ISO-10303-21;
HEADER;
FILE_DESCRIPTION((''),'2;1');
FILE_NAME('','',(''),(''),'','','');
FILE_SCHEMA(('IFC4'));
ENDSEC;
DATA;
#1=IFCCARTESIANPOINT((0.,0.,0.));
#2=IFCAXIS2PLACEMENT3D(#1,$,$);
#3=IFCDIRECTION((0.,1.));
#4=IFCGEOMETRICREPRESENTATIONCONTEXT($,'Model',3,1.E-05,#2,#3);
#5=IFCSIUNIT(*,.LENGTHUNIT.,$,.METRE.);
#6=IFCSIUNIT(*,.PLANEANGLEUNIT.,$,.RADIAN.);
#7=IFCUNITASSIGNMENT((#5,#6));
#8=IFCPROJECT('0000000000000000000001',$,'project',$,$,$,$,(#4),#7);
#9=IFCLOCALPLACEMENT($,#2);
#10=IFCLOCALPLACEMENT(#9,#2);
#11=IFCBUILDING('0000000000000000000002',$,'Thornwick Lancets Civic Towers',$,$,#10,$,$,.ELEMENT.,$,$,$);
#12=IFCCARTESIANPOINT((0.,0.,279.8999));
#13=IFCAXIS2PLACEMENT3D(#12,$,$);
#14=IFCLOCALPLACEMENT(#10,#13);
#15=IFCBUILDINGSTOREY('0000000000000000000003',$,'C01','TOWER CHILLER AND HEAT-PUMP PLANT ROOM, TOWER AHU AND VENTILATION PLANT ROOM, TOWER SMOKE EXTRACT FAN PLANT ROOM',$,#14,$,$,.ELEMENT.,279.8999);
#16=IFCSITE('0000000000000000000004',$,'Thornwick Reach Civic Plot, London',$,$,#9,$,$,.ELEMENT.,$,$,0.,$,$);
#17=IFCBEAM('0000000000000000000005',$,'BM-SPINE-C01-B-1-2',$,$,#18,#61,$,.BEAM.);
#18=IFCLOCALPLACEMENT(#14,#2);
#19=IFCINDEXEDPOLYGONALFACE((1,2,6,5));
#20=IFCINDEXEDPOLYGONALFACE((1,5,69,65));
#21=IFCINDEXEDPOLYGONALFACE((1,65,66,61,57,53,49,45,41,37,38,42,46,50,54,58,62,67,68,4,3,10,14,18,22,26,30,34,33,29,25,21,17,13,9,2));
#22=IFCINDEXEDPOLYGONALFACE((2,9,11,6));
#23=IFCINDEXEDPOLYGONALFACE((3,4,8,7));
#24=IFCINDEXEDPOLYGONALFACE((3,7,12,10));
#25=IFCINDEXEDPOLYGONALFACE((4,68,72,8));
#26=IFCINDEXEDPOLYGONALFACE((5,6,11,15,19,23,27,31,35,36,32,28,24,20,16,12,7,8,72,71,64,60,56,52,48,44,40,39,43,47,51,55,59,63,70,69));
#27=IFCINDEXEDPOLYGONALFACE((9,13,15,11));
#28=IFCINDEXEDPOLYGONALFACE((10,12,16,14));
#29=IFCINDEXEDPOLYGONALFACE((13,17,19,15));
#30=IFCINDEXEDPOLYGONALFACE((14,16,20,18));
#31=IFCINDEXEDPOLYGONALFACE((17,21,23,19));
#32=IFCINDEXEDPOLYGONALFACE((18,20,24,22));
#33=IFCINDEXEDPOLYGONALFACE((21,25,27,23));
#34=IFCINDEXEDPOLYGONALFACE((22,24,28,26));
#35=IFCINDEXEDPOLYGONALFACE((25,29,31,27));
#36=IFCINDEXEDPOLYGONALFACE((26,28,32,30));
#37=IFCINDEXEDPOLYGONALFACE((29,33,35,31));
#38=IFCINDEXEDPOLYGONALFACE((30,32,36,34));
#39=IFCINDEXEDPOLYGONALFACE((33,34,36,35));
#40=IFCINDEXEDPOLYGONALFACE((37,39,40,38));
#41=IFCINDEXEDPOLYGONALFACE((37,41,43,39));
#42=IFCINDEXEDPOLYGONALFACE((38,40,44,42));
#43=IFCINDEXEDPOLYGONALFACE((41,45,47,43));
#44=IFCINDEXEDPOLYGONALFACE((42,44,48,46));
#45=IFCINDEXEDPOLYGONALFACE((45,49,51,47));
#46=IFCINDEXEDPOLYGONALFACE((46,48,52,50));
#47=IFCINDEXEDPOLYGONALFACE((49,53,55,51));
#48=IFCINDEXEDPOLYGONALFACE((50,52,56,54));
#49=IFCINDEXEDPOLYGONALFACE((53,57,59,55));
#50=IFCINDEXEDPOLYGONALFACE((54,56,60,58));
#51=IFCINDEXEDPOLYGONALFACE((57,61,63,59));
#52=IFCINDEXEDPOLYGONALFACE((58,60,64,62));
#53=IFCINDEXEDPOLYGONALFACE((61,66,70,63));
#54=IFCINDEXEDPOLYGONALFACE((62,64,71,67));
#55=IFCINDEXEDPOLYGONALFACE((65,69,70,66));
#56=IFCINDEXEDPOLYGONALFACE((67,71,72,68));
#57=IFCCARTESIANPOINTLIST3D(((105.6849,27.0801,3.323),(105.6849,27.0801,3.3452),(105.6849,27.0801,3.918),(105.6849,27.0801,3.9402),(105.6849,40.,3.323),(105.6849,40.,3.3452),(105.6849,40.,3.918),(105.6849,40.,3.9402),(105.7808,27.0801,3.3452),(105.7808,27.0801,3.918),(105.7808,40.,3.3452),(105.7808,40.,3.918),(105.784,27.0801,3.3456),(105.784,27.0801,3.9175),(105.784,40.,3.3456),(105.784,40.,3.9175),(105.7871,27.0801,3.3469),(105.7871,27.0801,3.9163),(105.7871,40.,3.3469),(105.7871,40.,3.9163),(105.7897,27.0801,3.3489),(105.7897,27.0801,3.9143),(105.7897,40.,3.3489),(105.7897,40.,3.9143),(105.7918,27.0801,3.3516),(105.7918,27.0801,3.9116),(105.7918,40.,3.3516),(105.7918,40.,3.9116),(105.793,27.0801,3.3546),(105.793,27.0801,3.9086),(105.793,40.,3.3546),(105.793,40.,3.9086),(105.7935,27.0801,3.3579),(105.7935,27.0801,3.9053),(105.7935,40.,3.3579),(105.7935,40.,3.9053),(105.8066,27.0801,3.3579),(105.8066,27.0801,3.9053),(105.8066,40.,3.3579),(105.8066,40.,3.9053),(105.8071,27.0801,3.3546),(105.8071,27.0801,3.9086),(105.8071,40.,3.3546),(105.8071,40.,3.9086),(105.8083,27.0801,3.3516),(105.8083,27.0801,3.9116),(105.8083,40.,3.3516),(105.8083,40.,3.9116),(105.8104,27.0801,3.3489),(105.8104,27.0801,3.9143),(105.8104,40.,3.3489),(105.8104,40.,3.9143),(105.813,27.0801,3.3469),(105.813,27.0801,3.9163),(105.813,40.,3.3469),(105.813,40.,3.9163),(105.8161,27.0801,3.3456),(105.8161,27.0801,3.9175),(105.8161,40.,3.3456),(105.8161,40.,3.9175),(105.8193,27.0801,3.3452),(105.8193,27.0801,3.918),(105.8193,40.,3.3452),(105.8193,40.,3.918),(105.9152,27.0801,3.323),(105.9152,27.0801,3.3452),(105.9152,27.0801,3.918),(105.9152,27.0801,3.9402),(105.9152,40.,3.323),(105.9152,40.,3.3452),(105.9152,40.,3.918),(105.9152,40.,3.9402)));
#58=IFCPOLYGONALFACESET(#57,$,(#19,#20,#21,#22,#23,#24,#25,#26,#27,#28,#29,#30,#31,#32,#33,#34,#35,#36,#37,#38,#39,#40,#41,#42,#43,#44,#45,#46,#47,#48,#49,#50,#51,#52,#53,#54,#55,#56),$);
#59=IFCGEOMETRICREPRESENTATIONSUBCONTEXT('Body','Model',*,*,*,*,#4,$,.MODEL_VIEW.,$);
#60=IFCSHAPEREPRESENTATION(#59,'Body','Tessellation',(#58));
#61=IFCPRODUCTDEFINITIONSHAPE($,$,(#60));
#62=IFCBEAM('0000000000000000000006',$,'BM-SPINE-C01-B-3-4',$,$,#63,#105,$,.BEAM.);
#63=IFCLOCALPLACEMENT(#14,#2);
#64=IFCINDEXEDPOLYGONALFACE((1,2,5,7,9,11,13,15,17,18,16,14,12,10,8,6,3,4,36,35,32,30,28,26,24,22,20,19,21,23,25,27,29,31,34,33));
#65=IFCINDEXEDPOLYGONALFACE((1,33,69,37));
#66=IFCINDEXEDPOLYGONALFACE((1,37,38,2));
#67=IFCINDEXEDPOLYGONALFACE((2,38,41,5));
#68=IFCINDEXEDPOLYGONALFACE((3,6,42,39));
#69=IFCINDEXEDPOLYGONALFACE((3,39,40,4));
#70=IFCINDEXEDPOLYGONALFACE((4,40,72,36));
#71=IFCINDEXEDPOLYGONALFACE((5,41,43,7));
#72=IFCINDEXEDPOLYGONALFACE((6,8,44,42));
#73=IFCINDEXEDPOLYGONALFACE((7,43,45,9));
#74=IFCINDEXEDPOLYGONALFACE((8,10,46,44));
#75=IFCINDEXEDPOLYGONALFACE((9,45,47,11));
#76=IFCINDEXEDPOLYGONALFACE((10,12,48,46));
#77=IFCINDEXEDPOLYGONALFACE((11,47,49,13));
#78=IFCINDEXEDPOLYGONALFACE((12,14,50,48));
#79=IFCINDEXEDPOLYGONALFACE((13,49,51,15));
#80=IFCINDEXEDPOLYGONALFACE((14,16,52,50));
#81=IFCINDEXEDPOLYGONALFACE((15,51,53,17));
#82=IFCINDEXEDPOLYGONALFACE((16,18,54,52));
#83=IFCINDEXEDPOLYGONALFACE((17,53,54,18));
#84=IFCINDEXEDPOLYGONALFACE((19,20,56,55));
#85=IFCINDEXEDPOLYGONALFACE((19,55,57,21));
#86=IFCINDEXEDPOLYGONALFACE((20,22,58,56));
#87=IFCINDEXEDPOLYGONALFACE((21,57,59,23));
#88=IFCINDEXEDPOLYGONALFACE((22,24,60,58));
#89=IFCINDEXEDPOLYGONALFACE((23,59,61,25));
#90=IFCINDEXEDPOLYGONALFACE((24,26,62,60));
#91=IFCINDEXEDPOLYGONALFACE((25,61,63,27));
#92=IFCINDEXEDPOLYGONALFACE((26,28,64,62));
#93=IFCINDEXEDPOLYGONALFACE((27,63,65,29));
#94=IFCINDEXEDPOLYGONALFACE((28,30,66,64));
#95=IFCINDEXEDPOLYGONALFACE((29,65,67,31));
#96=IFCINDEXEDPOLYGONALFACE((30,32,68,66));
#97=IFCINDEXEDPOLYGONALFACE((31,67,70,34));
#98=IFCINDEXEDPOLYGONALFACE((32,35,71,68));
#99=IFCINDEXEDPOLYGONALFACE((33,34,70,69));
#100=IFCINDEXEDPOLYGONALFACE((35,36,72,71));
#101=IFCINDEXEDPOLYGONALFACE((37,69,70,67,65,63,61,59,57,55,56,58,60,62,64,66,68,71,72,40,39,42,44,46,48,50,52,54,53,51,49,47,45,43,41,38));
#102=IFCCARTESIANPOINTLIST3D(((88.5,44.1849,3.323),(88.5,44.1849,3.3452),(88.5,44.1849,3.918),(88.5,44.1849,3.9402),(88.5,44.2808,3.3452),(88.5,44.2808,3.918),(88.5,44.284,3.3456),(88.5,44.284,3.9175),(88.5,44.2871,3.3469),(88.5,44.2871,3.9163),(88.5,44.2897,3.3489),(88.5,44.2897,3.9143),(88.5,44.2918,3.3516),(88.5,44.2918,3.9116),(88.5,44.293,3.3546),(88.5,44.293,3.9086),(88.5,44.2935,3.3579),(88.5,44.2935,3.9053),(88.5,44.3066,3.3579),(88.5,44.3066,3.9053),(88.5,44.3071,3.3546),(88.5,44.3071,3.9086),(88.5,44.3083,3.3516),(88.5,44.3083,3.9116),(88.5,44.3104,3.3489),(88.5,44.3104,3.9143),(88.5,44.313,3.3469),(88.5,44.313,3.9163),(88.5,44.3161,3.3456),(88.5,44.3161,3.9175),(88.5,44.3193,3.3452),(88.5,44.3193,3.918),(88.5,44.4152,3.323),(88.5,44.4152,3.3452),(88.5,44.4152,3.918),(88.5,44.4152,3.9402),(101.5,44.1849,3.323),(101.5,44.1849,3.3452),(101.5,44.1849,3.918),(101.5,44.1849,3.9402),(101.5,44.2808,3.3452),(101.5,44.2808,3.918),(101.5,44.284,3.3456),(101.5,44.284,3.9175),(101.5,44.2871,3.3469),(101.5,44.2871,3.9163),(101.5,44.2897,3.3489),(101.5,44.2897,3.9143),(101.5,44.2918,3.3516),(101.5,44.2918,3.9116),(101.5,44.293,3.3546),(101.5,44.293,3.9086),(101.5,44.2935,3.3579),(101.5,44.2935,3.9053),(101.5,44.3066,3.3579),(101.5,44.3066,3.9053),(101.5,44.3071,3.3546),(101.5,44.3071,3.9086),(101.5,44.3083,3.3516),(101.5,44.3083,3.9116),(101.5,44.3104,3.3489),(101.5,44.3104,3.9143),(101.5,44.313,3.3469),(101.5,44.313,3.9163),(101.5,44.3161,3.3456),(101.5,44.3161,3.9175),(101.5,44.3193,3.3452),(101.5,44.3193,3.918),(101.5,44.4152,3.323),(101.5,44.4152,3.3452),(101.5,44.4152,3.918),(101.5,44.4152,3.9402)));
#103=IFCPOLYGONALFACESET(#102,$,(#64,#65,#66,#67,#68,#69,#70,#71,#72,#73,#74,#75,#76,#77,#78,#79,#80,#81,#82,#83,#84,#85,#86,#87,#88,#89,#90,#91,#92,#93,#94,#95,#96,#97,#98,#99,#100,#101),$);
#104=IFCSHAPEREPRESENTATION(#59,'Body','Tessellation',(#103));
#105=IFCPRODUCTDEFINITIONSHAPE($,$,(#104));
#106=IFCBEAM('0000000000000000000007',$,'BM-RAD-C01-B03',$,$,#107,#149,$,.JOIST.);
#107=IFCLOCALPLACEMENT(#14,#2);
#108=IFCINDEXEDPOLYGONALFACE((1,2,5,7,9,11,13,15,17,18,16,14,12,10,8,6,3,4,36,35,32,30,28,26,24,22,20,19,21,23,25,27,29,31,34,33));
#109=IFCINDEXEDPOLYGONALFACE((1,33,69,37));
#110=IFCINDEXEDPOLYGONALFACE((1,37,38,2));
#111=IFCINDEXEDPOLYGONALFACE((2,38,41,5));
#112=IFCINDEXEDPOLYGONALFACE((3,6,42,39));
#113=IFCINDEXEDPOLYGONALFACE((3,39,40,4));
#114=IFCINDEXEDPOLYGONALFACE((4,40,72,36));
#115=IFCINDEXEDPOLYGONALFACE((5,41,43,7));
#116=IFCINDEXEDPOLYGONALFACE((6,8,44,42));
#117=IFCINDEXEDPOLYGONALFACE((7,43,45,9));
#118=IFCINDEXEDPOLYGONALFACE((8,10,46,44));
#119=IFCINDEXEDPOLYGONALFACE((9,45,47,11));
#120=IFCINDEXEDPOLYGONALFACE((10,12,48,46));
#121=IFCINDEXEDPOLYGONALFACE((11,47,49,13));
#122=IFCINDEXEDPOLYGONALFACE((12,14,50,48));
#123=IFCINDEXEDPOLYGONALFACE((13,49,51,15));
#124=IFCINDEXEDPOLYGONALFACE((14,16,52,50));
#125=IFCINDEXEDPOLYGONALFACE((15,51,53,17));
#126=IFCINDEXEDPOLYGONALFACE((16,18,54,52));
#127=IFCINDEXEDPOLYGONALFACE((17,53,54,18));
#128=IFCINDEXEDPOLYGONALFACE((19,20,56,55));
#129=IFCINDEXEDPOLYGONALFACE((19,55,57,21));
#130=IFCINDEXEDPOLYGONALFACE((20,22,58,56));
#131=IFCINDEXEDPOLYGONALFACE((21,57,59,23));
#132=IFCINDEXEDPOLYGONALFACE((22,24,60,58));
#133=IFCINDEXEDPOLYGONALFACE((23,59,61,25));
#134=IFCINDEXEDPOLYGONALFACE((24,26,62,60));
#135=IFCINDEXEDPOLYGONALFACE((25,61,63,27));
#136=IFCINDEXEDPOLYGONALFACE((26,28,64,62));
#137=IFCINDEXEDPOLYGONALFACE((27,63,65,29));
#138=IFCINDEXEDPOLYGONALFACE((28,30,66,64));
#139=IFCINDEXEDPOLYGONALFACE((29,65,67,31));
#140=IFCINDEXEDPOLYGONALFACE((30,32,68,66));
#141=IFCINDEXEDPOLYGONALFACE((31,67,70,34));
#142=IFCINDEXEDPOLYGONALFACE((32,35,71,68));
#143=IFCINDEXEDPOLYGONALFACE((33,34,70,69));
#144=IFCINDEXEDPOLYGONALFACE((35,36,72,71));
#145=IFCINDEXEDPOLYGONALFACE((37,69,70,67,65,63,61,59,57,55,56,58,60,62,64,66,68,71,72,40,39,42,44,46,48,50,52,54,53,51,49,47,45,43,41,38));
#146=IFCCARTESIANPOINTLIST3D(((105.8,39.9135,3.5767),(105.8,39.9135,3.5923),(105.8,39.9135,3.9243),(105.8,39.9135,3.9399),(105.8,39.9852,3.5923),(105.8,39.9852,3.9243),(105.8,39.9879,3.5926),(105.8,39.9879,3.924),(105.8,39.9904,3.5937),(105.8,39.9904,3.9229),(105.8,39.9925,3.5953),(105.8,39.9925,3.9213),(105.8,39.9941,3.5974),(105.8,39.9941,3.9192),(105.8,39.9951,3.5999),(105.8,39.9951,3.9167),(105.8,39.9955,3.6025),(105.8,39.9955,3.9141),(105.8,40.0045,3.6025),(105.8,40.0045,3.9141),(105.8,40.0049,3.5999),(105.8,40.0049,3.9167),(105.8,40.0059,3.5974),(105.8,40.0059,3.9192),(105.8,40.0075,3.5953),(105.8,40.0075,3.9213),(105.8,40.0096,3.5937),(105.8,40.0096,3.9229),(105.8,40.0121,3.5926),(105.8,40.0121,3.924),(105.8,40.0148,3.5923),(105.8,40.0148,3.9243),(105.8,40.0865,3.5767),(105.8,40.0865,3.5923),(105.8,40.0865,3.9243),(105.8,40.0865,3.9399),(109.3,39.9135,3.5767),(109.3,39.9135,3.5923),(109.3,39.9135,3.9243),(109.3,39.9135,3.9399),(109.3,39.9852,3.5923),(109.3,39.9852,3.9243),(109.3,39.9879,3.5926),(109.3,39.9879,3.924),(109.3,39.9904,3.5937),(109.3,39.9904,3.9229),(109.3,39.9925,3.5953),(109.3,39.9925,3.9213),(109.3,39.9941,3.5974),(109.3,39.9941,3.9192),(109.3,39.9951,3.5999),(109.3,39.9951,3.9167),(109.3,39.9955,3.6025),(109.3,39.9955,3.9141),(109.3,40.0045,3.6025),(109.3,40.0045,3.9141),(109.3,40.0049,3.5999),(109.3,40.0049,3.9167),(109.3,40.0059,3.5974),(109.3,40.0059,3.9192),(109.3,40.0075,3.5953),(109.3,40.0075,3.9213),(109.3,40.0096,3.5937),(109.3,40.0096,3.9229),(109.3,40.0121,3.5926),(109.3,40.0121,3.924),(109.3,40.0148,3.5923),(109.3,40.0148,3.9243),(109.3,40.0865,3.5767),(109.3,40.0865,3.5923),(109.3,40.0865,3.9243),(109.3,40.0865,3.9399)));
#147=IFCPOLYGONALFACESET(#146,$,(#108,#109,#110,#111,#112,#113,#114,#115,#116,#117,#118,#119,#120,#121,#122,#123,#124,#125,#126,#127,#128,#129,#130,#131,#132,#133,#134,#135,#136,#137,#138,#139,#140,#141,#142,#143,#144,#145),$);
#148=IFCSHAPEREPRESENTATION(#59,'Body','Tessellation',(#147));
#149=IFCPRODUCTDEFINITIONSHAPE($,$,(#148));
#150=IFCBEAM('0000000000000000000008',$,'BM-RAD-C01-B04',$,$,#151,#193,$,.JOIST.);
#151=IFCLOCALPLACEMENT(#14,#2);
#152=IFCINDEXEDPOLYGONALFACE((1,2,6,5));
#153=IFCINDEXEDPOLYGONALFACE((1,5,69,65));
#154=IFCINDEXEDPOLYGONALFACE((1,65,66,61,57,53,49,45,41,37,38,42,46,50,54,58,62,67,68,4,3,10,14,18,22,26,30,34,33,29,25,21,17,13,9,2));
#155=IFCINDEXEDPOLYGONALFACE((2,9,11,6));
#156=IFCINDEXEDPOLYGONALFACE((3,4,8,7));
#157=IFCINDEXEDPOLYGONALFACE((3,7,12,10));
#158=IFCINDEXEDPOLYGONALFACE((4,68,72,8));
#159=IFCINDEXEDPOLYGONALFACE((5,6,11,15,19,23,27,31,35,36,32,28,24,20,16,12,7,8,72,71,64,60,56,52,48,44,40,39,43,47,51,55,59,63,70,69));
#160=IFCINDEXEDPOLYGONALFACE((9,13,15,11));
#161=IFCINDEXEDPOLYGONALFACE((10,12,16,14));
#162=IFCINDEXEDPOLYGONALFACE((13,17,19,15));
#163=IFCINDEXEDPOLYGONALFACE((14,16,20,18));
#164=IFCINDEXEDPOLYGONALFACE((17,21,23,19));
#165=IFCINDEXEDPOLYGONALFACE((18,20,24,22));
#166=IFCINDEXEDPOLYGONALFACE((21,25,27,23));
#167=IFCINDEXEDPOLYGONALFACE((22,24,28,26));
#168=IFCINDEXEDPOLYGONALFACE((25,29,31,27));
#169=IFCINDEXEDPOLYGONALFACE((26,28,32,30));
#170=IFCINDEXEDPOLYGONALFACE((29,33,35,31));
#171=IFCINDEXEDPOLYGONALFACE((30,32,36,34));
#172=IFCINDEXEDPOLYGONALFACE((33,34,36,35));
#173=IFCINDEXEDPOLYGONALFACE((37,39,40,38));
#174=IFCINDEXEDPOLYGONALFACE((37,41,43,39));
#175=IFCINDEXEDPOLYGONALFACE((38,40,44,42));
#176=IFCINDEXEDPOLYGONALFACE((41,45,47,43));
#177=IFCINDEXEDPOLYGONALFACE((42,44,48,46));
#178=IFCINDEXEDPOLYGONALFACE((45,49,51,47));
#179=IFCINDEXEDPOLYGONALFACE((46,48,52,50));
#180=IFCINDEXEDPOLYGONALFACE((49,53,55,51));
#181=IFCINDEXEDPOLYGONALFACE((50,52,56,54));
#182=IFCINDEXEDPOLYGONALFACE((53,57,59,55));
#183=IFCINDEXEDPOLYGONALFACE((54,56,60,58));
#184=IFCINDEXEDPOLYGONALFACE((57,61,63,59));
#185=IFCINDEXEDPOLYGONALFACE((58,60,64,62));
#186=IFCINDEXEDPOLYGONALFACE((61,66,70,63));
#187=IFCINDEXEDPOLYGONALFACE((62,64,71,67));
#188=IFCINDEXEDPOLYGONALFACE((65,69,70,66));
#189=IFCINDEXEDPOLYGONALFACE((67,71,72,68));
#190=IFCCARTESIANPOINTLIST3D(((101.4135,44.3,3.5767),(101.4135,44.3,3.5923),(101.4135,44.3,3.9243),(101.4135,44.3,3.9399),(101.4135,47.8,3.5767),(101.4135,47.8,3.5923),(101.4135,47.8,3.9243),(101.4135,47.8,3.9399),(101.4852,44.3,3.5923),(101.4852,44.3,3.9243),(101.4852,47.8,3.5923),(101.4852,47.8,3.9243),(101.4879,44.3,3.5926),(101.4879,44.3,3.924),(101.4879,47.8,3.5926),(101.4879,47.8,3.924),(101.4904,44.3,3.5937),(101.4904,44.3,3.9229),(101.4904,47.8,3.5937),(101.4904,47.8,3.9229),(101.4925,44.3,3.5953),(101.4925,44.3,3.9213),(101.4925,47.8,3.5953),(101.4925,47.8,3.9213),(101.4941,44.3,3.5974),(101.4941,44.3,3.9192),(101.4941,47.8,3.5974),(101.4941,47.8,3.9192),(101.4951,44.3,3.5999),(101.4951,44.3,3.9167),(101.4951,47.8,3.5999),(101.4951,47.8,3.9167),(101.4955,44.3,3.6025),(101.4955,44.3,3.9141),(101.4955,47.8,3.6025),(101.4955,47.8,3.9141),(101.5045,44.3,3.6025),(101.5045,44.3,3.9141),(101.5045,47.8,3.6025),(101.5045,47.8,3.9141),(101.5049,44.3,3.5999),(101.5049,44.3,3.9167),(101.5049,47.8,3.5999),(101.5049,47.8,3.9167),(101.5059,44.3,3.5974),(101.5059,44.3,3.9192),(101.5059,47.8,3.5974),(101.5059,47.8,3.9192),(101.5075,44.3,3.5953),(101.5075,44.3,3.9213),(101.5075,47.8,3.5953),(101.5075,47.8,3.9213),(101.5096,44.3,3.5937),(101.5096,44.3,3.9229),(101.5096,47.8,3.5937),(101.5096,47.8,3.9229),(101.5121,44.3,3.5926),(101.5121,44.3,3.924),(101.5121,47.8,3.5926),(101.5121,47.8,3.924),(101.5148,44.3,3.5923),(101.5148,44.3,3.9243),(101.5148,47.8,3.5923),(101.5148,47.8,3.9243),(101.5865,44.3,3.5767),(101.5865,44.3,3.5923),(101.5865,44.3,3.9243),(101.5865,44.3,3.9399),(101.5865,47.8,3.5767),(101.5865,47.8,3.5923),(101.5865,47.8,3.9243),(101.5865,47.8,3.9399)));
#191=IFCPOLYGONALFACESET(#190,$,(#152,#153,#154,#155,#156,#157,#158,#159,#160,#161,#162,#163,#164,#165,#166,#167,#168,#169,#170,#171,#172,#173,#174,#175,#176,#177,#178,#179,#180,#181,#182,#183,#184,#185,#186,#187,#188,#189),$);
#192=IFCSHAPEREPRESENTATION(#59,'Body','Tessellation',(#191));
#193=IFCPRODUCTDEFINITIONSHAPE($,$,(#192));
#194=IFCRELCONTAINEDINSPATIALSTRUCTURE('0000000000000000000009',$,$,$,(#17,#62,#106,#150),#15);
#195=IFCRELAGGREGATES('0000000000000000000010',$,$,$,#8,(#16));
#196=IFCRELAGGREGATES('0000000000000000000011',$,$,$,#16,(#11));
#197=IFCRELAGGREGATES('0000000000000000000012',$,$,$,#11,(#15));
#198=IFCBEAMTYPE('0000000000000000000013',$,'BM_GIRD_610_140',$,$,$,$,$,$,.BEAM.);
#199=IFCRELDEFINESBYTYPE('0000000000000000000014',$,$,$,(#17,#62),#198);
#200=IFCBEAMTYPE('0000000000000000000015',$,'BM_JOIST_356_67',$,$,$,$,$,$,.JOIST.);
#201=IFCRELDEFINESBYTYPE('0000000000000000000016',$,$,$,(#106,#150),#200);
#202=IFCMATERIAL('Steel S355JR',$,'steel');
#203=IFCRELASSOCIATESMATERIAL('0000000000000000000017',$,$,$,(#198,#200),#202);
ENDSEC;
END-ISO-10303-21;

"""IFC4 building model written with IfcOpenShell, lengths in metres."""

from ifc_helpers import new_model, si_unit, direction, frame, origin, origin_2d, place, context, subcontext, project, spatial, i_section, extrude, material, material_profile, profile_set, type_object, element, save


model = new_model("IFC4")

# Units and contexts
model_context = context("Model", 3, precision=1e-05, world=origin(), true_north=direction((0.0, 1.0)))
body_context = subcontext(model_context, "Body", "Model", "MODEL_VIEW")
ifc_project = project(units=[si_unit("LENGTHUNIT", "METRE"), si_unit("PLANEANGLEUNIT", "RADIAN")], contexts=[model_context])

# Site, building, storey
site_placement = place(None, origin())
site = spatial("IfcSite", under=ifc_project, at=site_placement, Name="Thornwick Reach Civic Plot, London", CompositionType="ELEMENT", RefElevation=0.0)
building_placement = place(site_placement, origin())
building = spatial("IfcBuilding", under=site, at=building_placement, Name="Thornwick Lancets Civic Towers", CompositionType="ELEMENT")
storey_placement = place(building_placement, frame((0.0, 0.0, 279.8999)))
storey = spatial("IfcBuildingStorey", under=building, at=storey_placement, Name="C01", Description="TOWER CHILLER AND HEAT-PUMP PLANT ROOM, TOWER AHU AND VENTILATION PLANT ROOM, TOWER SMOKE EXTRACT FAN PLANT ROOM", CompositionType="ELEMENT", Elevation=279.8999)

# Shared definitions
ifc_material_1 = material(Name="Steel S355JR", Category="steel")

# Beams
ifc_material_profile_1 = material_profile(ifc_material_1, i_section(OverallWidth=0.2302, OverallDepth=0.6172, WebThickness=0.0132, FlangeThickness=0.0222, FilletRadius=0.0127, at=origin_2d()), Name="UKB 610x229x140")
ifc_profile_set_1 = profile_set([ifc_material_profile_1], Name="Steel S355JR")
beam_type_1 = type_object("IfcBeamType", Name="BM_GIRD_610_140", PredefinedType="BEAM", material=ifc_profile_set_1)
beam_1_placement = place(storey_placement, frame((105.8, 27.0801, 3.6316), z_axis=(0.0, 1.0, 0.0), x_axis=(-1.0, 0.0, 0.0)))
element("IfcBeam", 1, at=beam_1_placement, inside=storey, type_object=beam_type_1, Name="BM-SPINE-C01-B-1-2", PredefinedType="BEAM", context=body_context, shape_type="SweptSolid", body=[
    extrude(i_section(OverallWidth=0.2302, OverallDepth=0.6172, WebThickness=0.0132, FlangeThickness=0.0222, FilletRadius=0.0127, at=origin_2d()), origin(), (0.0, 0.0, 1.0), 12.9199),
])
beam_2_placement = place(storey_placement, frame((101.5, 44.3, 3.6316), z_axis=(-1.0, 0.0, 0.0), x_axis=(0.0, -1.0, 0.0)))
element("IfcBeam", 2, at=beam_2_placement, inside=storey, type_object=beam_type_1, Name="BM-SPINE-C01-B-3-4", PredefinedType="BEAM", context=body_context, shape_type="SweptSolid", body=[
    extrude(i_section(OverallWidth=0.2302, OverallDepth=0.6172, WebThickness=0.0132, FlangeThickness=0.0222, FilletRadius=0.0127, at=origin_2d()), origin(), (0.0, 0.0, 1.0), 13.0),
])
ifc_material_profile_2 = material_profile(ifc_material_1, i_section(OverallWidth=0.1731, OverallDepth=0.3633, WebThickness=0.009, FlangeThickness=0.0156, FilletRadius=0.0103, at=origin_2d()), Name="UKB 356x171x67")
ifc_profile_set_2 = profile_set([ifc_material_profile_2], Name="Steel S355JR")
beam_type_2 = type_object("IfcBeamType", Name="BM_JOIST_356_67", PredefinedType="JOIST", material=ifc_profile_set_2)
for number, where, z_axis, x_axis, name in (
    (3, (105.8, 40.0, 3.7583), (1.0, 0.0, 0.0), (0.0, 1.0, 0.0), "BM-RAD-C01-B03"),
    (4, (101.5, 44.3, 3.7583), (0.0, 1.0, 0.0), (-1.0, 0.0, 0.0), "BM-RAD-C01-B04"),
):
    element("IfcBeam", number, at=place(storey_placement, frame(where, z_axis=z_axis, x_axis=x_axis)), inside=storey, type_object=beam_type_2, Name=name, PredefinedType="JOIST", context=body_context, shape_type="SweptSolid", body=[
        extrude(i_section(OverallWidth=0.1731, OverallDepth=0.3633, WebThickness=0.009, FlangeThickness=0.0156, FilletRadius=0.0103, at=origin_2d()), origin(), (0.0, 0.0, 1.0), 3.5),
    ])

save(model, "model.ifc")
